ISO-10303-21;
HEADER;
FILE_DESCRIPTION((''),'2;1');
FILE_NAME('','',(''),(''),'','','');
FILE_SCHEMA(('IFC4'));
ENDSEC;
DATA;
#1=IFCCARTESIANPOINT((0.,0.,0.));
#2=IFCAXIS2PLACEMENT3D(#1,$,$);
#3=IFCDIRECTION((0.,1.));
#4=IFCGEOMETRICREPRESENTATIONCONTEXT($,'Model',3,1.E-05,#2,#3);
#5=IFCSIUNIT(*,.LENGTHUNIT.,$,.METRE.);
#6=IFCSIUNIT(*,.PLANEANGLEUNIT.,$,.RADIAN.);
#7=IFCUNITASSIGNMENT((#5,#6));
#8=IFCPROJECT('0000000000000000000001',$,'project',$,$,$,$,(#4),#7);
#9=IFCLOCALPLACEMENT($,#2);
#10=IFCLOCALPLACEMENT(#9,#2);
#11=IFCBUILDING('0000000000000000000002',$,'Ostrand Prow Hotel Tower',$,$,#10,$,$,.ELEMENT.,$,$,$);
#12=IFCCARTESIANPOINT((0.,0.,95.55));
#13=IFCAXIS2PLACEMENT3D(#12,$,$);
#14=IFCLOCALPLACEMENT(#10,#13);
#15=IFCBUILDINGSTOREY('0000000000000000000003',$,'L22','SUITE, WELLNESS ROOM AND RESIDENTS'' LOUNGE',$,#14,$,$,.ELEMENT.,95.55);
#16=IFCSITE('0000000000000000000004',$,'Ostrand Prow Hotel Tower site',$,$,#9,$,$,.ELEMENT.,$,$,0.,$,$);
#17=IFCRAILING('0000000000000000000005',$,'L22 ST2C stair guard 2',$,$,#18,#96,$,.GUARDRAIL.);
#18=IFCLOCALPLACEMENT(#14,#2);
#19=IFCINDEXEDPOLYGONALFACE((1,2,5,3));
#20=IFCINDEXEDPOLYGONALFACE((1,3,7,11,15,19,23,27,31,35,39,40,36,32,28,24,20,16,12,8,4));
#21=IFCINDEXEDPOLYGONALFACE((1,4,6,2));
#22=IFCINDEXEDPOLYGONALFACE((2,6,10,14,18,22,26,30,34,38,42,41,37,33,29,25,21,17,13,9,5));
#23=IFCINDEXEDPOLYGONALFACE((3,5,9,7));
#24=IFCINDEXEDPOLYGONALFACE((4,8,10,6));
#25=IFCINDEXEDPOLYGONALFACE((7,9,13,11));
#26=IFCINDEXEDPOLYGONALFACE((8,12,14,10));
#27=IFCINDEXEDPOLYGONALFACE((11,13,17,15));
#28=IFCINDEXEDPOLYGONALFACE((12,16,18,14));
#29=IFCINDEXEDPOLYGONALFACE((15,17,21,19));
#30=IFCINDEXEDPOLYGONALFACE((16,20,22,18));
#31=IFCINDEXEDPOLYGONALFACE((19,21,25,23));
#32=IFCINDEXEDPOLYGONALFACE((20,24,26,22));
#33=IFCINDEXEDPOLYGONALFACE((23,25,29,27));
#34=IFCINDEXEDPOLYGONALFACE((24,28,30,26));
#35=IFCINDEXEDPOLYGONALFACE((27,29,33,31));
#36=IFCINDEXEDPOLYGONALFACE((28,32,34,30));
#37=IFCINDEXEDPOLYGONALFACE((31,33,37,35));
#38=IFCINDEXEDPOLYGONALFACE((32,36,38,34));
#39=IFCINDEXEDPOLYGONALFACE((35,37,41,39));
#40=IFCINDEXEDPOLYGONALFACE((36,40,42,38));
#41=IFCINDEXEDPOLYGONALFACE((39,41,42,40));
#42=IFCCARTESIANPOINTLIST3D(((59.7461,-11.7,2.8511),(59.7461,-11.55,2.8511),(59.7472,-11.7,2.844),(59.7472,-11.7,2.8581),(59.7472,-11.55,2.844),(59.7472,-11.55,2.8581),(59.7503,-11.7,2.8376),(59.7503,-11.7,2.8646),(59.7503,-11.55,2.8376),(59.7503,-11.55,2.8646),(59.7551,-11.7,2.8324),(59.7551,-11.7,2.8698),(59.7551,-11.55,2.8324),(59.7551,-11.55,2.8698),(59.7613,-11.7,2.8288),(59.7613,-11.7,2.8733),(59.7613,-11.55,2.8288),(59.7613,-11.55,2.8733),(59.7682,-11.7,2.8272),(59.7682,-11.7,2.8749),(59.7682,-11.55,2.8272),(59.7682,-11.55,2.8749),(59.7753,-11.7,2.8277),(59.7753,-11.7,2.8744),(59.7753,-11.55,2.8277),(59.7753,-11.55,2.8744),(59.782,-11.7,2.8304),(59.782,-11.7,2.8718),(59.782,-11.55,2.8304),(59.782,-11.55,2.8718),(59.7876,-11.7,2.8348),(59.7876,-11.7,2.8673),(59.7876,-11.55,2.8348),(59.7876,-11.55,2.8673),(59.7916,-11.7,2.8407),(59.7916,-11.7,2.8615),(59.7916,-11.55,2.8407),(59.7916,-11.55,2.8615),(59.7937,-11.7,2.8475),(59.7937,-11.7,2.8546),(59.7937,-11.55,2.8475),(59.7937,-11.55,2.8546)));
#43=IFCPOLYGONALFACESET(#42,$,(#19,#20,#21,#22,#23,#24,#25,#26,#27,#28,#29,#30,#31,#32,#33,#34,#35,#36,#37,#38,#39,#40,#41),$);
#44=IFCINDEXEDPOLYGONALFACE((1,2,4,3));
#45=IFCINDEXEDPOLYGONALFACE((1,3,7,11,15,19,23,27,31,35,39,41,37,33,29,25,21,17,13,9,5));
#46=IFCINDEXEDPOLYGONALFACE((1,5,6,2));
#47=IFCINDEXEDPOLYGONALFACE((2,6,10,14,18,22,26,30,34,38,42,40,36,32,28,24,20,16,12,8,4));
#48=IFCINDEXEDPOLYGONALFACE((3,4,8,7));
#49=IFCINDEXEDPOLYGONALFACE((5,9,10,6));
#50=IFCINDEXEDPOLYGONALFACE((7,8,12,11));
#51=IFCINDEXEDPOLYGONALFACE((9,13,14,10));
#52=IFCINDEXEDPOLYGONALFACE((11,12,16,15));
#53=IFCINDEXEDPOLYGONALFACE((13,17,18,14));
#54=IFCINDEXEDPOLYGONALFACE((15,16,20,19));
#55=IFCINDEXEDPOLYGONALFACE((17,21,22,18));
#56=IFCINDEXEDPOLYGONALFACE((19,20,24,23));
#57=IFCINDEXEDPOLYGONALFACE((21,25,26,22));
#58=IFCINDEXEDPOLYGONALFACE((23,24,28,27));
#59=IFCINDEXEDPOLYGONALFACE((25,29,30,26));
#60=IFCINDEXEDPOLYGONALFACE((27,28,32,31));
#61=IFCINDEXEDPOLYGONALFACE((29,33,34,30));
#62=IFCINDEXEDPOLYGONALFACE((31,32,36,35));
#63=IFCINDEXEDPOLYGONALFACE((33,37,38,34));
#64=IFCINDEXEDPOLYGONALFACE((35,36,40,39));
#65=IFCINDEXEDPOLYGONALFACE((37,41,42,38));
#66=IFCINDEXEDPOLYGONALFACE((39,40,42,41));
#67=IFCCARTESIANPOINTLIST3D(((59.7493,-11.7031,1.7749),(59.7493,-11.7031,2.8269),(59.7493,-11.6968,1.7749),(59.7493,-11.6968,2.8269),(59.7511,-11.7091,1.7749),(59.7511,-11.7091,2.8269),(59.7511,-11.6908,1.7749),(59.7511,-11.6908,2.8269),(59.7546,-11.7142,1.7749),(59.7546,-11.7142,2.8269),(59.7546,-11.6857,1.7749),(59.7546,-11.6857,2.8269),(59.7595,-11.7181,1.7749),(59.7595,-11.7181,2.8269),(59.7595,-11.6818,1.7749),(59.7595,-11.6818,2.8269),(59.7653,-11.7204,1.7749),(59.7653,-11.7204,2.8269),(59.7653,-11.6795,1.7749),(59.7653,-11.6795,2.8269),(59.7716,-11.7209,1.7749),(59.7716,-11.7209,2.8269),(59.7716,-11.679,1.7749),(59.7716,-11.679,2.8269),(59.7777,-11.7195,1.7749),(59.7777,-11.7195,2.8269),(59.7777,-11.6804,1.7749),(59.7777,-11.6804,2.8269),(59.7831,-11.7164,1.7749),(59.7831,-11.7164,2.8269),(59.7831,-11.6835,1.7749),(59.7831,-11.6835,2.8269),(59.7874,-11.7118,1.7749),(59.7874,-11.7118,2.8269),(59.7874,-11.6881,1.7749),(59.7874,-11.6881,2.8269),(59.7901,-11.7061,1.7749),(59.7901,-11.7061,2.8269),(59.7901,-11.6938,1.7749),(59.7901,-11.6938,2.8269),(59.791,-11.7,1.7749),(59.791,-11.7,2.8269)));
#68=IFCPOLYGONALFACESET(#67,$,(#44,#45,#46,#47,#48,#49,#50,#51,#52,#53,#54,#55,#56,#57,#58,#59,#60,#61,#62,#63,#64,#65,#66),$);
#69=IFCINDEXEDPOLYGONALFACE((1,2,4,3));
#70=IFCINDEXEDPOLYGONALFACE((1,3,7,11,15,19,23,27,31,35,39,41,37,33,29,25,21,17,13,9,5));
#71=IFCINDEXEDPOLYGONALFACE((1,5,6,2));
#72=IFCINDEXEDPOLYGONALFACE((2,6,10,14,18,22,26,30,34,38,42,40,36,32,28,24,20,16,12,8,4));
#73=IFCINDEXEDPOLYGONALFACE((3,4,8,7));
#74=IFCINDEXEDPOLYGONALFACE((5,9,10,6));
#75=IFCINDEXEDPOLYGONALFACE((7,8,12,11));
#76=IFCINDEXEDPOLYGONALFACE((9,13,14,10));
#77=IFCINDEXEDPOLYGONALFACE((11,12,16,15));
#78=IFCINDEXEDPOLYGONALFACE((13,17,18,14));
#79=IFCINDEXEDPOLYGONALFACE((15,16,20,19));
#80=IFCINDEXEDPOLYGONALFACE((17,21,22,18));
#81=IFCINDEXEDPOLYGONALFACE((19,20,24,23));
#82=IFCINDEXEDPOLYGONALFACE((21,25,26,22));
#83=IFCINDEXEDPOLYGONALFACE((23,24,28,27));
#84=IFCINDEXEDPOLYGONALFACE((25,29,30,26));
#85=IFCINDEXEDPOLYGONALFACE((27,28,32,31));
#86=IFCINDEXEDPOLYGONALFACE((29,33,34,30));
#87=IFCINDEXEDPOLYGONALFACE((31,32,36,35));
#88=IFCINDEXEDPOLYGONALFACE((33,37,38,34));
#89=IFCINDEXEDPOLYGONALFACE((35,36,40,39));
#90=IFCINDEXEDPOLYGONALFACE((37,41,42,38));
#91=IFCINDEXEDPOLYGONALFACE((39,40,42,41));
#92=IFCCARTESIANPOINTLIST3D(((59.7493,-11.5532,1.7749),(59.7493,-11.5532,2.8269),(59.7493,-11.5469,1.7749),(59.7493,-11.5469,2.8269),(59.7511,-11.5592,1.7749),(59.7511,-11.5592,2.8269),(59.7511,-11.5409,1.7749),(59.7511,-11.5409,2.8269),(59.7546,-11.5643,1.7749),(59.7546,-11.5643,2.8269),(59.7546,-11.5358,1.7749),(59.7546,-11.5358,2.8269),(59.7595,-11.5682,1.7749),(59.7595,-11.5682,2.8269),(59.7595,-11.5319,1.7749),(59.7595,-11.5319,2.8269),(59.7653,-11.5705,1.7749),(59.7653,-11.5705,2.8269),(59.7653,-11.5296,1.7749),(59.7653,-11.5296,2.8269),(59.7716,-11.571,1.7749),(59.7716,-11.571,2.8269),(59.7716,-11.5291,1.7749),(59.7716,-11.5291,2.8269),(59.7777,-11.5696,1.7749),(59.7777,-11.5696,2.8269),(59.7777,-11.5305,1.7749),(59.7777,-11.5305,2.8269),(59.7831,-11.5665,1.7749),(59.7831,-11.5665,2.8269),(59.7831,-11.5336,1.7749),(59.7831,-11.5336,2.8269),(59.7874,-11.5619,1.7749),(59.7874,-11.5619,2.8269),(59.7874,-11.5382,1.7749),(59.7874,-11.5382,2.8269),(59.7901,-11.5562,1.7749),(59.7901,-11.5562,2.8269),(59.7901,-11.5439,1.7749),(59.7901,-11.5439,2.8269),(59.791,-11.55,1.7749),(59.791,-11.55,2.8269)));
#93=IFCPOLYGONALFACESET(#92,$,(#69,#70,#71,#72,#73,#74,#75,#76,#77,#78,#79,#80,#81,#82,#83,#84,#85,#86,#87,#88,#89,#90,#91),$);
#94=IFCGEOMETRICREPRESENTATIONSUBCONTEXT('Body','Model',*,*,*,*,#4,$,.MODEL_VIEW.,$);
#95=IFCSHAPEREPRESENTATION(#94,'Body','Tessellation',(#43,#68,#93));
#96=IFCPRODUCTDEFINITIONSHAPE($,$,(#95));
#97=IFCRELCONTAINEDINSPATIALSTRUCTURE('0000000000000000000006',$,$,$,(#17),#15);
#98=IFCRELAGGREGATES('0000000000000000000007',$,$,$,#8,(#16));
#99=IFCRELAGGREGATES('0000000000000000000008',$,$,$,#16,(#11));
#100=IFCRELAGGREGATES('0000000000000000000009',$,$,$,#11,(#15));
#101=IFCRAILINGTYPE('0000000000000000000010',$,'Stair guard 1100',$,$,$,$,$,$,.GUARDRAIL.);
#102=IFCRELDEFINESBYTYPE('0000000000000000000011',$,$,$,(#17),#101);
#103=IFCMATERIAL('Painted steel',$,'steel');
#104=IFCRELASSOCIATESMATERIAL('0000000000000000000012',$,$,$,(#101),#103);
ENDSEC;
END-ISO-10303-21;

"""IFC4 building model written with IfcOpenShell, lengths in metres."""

from ifc_helpers import new_model, si_unit, direction, frame, origin, origin_2d, place, context, subcontext, project, spatial, circle, extrude, material, type_object, element, save


model = new_model("IFC4")

# Units and contexts
model_context = context("Model", 3, precision=1e-05, world=origin(), true_north=direction((0.0, 1.0)))
body_context = subcontext(model_context, "Body", "Model", "MODEL_VIEW")
ifc_project = project(units=[si_unit("LENGTHUNIT", "METRE"), si_unit("PLANEANGLEUNIT", "RADIAN")], contexts=[model_context])

# Site, building, storey
site_placement = place(None, origin())
site = spatial("IfcSite", under=ifc_project, at=site_placement, Name="Ostrand Prow Hotel Tower site", CompositionType="ELEMENT", RefElevation=0.0)
building_placement = place(site_placement, origin())
building = spatial("IfcBuilding", under=site, at=building_placement, Name="Ostrand Prow Hotel Tower", CompositionType="ELEMENT")
storey_placement = place(building_placement, frame((0.0, 0.0, 95.55)))
storey = spatial("IfcBuildingStorey", under=building, at=storey_placement, Name="L22", Description="SUITE, WELLNESS ROOM AND RESIDENTS' LOUNGE", CompositionType="ELEMENT", Elevation=95.55)

# Railing
ifc_material_1 = material(Name="Painted steel", Category="steel")
railing_type_1 = type_object("IfcRailingType", Name="Stair guard 1100", PredefinedType="GUARDRAIL", material=ifc_material_1)
railing_1_placement = place(storey_placement, frame((59.77, -11.7, 1.7749)))
element("IfcRailing", 1, at=railing_1_placement, inside=storey, type_object=railing_type_1, Name="L22 ST2C stair guard 2", PredefinedType="GUARDRAIL", context=body_context, shape_type="SweptSolid", body=[
    extrude(circle(Radius=0.0239, at=origin_2d()), frame((0.0, 0.0, 1.0762), z_axis=(0.0, 1.0, 0.0), x_axis=(-1.0, 0.0, 0.0)), (0.0, 0.0, 1.0), 0.1499),
    extrude(circle(Radius=0.021, at=origin_2d()), origin(), (0.0, 0.0, 1.0), 1.052),
    extrude(circle(Radius=0.021, at=origin_2d()), frame((0.0, 0.1499, 0.0)), (0.0, 0.0, 1.0), 1.052),
])

save(model, "model.ifc")
